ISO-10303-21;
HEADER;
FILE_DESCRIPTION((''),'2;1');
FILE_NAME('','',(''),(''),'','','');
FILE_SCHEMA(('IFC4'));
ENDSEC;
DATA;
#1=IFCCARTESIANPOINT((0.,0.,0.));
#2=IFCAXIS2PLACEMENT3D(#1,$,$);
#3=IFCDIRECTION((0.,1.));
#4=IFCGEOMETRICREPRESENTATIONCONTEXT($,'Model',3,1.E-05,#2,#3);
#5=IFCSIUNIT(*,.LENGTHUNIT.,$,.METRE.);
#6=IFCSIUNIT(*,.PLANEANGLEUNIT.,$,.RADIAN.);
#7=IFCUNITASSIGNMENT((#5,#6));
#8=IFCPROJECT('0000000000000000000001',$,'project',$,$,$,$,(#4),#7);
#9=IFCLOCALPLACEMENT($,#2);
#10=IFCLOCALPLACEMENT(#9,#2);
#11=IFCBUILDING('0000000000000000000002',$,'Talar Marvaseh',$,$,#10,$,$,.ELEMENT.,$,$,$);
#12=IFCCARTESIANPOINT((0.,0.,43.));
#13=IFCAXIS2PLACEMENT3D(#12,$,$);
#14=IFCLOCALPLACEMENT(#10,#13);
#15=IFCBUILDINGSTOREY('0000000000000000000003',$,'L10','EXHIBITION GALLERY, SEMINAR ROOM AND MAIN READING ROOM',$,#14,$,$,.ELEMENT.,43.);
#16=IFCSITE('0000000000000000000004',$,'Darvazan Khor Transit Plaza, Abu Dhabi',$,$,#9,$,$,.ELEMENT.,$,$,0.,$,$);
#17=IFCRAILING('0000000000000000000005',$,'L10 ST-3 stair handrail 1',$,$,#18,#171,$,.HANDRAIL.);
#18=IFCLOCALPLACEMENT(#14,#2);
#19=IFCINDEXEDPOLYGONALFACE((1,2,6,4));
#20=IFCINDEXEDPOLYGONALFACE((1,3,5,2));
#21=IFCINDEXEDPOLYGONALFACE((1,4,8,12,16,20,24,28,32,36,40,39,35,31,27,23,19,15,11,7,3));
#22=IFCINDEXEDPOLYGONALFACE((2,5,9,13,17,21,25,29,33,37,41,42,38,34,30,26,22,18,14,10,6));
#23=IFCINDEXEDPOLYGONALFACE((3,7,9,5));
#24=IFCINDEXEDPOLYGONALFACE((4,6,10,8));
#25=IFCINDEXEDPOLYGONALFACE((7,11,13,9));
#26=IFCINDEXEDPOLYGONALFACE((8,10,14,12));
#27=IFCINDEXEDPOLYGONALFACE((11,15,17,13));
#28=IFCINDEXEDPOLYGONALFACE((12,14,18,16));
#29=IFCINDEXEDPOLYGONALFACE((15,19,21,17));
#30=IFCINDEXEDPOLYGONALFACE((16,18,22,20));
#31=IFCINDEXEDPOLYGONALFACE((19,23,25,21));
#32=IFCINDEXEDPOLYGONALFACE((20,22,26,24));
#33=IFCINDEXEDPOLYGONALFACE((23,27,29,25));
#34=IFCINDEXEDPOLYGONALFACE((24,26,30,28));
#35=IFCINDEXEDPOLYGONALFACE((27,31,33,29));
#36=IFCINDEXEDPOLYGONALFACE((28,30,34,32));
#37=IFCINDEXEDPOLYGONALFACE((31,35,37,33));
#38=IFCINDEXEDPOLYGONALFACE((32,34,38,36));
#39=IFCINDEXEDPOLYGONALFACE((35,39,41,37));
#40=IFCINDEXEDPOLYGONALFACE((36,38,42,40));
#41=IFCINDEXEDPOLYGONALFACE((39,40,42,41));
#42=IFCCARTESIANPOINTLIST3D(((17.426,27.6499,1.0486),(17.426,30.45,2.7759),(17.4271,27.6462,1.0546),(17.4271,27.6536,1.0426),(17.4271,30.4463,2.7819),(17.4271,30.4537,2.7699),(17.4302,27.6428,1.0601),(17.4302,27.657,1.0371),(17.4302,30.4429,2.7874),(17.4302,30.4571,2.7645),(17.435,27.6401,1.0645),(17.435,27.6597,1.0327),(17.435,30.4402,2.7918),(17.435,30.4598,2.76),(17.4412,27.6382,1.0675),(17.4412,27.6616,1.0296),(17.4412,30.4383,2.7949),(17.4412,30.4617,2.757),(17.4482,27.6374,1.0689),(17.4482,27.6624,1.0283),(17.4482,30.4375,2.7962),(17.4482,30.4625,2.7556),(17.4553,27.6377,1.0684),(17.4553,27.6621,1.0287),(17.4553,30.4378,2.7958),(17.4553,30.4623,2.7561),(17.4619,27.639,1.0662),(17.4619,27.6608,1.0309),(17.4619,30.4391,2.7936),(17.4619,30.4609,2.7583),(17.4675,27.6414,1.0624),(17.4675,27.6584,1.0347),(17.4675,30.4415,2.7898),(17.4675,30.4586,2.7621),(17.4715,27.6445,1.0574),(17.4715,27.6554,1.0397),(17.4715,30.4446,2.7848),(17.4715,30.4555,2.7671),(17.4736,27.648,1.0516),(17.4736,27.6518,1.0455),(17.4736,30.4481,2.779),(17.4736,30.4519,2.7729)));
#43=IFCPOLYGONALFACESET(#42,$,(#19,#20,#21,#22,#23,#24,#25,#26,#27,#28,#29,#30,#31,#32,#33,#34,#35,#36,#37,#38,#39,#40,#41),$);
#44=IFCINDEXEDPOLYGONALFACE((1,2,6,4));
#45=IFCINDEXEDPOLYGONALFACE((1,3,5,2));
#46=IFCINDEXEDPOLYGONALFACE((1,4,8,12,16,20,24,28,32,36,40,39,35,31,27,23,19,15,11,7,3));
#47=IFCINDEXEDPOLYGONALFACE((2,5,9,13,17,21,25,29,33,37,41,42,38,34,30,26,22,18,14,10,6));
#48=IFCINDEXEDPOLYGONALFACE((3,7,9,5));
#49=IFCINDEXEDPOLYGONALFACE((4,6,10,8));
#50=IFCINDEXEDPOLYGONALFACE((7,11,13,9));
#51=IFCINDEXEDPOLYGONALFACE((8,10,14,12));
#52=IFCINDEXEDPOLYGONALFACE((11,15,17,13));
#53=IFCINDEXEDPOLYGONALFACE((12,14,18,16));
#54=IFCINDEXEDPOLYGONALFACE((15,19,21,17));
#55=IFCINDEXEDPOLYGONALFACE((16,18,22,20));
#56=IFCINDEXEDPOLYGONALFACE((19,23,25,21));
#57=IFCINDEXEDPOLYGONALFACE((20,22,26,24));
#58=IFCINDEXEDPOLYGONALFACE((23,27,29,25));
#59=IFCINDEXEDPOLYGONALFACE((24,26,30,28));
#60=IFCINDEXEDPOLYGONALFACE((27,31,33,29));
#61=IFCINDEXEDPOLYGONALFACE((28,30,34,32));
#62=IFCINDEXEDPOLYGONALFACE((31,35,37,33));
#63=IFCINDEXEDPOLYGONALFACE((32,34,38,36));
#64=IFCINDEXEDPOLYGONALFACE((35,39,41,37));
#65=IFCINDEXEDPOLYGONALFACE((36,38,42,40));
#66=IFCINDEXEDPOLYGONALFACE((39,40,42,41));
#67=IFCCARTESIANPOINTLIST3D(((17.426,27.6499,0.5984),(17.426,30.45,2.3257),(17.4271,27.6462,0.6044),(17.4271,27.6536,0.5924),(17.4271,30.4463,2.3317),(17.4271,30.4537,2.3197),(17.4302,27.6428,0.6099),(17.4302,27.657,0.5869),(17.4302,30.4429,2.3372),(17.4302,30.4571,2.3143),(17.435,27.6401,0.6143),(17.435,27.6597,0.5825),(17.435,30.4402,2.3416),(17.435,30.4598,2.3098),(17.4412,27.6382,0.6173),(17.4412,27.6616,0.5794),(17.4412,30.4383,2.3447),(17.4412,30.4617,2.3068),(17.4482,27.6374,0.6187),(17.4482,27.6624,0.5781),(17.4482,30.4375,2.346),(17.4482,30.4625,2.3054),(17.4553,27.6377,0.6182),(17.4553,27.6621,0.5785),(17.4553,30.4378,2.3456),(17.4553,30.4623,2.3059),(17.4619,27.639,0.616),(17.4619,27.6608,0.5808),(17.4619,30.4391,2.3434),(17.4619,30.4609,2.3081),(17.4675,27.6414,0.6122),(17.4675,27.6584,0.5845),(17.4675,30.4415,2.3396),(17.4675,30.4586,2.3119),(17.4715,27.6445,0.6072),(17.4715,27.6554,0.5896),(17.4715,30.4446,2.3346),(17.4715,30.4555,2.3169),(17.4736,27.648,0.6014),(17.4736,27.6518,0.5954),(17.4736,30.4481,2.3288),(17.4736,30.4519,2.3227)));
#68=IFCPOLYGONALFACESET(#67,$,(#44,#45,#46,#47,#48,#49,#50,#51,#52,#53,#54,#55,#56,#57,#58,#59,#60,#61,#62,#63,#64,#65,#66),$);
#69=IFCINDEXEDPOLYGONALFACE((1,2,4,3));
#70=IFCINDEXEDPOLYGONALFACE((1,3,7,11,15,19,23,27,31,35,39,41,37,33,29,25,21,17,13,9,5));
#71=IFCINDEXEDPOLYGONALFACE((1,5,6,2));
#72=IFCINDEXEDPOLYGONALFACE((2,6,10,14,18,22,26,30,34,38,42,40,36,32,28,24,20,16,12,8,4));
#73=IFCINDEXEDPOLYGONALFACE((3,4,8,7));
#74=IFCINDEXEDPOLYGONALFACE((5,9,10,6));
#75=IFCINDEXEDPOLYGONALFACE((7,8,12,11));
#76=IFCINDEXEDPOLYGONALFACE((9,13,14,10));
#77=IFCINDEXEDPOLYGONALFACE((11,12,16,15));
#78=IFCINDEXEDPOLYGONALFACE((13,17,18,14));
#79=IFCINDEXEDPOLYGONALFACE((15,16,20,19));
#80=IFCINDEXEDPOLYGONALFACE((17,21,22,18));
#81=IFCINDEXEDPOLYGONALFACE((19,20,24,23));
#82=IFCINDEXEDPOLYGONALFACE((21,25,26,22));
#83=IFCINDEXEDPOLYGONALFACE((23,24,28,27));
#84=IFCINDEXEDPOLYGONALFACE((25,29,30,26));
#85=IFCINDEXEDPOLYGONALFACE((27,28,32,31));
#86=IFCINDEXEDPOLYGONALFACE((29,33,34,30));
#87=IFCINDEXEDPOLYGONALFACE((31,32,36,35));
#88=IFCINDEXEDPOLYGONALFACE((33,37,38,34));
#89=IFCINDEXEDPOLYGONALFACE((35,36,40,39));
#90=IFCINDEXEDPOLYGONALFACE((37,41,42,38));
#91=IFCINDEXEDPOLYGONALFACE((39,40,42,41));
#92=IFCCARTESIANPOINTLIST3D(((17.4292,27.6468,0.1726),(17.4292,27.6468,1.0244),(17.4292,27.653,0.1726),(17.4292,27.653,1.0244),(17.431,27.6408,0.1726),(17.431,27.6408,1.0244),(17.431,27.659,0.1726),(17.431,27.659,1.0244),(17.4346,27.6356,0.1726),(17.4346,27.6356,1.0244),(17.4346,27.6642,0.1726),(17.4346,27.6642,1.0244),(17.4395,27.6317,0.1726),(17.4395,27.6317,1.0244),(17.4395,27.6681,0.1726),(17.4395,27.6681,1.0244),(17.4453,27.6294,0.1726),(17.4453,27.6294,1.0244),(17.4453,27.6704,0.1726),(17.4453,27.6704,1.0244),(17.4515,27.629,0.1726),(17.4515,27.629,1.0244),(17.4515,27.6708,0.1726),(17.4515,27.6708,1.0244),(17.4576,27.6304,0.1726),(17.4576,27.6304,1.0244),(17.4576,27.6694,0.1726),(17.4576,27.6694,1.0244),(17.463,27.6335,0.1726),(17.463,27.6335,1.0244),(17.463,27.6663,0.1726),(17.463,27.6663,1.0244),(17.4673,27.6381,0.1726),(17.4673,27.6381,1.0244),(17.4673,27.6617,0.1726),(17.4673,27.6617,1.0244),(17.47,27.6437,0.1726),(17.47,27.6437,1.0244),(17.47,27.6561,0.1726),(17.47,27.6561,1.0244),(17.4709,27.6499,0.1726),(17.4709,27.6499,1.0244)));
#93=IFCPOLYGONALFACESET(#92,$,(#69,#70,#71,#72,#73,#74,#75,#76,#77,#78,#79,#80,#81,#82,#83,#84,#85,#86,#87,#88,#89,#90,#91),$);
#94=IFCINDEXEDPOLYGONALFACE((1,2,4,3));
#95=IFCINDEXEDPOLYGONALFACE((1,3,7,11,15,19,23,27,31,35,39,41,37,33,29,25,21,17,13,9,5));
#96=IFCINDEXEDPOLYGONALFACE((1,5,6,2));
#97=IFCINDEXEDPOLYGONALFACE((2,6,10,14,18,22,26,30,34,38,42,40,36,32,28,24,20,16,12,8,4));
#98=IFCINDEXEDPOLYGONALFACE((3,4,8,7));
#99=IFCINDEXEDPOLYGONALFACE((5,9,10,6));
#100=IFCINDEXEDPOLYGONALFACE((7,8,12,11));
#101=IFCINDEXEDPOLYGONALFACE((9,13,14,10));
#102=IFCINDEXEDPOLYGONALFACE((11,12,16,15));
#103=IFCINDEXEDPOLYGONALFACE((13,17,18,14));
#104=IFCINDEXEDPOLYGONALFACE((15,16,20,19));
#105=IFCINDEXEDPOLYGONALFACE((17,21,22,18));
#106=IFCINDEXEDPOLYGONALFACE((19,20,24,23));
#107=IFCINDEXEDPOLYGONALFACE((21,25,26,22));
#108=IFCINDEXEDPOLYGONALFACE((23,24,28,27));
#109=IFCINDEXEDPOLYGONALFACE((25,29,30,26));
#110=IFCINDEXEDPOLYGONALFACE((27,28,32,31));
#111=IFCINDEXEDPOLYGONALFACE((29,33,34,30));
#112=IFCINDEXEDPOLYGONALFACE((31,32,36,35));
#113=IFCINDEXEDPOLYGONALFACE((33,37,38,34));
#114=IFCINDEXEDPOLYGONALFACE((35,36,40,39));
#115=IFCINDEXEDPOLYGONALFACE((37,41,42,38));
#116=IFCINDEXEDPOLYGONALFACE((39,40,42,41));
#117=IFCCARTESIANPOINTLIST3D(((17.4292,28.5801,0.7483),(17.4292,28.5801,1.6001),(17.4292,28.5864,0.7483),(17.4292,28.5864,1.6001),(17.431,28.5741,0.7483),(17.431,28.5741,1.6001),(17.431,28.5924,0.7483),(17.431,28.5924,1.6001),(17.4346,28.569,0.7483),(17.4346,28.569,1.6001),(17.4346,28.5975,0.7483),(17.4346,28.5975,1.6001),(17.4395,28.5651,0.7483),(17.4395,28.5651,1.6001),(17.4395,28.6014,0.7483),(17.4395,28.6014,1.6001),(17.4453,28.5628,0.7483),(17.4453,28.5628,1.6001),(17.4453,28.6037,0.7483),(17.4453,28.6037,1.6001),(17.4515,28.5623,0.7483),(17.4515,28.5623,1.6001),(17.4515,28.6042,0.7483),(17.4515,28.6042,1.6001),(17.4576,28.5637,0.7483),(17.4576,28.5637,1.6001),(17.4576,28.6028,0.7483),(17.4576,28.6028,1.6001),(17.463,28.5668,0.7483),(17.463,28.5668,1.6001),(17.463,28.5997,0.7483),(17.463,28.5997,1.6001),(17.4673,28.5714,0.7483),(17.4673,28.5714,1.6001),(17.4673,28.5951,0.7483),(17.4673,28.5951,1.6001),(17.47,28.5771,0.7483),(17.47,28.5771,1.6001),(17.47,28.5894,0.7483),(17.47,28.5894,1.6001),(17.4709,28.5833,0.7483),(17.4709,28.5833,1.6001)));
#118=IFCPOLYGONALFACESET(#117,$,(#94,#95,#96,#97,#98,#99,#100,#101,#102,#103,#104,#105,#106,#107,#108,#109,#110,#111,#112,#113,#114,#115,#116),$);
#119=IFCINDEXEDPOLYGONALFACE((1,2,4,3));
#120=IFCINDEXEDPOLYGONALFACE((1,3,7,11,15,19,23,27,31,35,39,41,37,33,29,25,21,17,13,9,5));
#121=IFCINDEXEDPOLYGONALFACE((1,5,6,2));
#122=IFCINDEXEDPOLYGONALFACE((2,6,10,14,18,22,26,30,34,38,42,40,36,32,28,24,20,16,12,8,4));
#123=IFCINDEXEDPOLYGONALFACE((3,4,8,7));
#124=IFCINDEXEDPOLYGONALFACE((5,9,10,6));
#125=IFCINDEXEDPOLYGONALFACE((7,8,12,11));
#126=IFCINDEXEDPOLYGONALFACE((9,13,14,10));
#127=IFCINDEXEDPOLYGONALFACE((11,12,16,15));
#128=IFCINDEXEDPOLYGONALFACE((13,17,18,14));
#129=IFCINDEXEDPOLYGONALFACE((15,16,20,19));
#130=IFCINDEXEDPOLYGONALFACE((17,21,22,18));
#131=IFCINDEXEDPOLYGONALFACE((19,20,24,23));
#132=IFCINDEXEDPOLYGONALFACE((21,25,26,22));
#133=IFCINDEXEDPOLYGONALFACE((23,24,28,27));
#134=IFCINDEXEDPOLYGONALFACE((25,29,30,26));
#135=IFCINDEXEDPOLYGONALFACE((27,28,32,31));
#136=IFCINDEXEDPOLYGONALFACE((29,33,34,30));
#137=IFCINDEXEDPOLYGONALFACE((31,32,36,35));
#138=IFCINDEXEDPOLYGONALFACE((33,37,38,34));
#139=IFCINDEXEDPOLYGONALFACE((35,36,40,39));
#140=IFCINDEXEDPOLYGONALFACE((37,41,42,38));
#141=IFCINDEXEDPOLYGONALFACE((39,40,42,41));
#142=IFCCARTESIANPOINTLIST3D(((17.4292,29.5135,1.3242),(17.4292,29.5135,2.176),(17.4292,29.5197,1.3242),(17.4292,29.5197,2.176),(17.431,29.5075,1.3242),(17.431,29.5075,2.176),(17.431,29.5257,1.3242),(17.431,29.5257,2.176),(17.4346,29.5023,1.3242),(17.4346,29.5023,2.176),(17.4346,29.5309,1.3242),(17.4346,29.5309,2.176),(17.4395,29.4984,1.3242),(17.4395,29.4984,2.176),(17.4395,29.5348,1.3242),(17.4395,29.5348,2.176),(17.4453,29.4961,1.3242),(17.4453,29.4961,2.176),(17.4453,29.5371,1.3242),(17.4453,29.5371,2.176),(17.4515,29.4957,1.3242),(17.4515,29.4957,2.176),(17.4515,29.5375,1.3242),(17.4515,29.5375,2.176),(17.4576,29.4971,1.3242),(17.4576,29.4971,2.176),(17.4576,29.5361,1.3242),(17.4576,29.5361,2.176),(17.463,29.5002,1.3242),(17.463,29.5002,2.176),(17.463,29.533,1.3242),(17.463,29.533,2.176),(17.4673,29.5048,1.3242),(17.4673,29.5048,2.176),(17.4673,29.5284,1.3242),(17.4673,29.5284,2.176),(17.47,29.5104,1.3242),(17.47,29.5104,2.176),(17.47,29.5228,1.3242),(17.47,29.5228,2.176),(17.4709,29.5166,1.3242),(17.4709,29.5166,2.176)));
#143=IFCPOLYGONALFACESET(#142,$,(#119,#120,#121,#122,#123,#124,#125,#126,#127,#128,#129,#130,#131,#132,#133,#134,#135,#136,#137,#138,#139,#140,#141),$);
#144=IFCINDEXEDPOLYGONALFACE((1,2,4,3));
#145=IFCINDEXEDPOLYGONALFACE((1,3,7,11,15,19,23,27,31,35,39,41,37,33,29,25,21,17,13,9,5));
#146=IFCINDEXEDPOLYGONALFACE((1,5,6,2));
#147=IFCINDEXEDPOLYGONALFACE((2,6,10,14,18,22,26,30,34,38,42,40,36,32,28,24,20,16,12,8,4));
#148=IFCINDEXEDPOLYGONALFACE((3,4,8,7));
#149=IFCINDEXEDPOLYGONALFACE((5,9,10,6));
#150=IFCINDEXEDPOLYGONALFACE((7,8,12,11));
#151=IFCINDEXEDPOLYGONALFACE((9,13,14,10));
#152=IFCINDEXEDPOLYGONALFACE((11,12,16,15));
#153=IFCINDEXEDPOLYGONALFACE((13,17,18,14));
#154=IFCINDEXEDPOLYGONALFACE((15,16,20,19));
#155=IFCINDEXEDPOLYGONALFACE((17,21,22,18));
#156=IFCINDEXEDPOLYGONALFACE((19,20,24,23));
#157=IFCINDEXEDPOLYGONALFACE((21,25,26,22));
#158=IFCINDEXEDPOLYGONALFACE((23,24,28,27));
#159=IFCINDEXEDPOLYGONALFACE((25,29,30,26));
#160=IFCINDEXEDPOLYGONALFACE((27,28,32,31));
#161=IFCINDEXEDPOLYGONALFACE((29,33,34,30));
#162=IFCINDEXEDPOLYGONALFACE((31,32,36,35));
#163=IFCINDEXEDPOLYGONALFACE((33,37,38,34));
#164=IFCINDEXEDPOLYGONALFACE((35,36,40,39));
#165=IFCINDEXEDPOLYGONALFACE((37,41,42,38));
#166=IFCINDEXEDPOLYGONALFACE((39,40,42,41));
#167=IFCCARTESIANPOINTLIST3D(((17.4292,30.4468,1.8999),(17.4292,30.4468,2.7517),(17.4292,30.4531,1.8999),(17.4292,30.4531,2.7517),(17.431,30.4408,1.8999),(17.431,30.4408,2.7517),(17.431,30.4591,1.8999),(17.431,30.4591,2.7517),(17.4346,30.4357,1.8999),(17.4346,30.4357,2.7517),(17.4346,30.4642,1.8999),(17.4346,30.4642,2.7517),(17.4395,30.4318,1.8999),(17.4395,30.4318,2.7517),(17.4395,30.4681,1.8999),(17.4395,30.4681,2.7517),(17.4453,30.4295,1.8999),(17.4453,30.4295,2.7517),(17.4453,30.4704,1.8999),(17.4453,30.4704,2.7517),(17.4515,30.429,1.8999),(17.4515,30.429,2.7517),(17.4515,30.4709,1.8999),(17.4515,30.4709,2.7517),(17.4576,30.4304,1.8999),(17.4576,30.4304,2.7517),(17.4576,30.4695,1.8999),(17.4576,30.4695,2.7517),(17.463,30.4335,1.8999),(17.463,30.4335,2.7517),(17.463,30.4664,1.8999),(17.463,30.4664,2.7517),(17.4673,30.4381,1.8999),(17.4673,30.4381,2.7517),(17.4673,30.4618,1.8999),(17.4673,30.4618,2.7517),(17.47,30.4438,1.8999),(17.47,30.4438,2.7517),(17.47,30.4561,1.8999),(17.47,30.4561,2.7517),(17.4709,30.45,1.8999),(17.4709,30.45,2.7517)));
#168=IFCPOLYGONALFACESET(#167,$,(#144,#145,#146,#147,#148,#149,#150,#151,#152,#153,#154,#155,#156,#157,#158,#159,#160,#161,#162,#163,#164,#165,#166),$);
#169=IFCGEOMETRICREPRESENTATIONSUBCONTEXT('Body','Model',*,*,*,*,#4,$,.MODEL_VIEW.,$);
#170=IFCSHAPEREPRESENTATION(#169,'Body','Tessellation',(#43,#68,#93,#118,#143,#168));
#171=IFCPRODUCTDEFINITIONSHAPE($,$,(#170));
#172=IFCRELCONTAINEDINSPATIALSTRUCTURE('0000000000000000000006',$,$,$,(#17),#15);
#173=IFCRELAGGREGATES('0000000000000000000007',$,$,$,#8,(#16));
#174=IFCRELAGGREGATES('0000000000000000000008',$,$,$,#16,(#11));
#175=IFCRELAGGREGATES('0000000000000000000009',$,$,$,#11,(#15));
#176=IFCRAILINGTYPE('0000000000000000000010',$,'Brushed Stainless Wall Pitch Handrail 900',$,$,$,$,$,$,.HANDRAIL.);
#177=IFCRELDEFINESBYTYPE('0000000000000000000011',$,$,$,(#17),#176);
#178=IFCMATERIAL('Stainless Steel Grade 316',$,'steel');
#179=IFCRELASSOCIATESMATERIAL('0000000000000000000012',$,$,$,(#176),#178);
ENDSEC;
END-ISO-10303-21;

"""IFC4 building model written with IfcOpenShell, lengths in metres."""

from ifc_helpers import new_model, si_unit, direction, frame, origin, origin_2d, place, context, subcontext, project, spatial, circle, extrude, material, type_object, element, save


model = new_model("IFC4")

# Units and contexts
model_context = context("Model", 3, precision=1e-05, world=origin(), true_north=direction((0.0, 1.0)))
body_context = subcontext(model_context, "Body", "Model", "MODEL_VIEW")
ifc_project = project(units=[si_unit("LENGTHUNIT", "METRE"), si_unit("PLANEANGLEUNIT", "RADIAN")], contexts=[model_context])

# Site, building, storey
site_placement = place(None, origin())
site = spatial("IfcSite", under=ifc_project, at=site_placement, Name="Darvazan Khor Transit Plaza, Abu Dhabi", CompositionType="ELEMENT", RefElevation=0.0)
building_placement = place(site_placement, origin())
building = spatial("IfcBuilding", under=site, at=building_placement, Name="Talar Marvaseh", CompositionType="ELEMENT")
storey_placement = place(building_placement, frame((0.0, 0.0, 43.0)))
storey = spatial("IfcBuildingStorey", under=building, at=storey_placement, Name="L10", Description="EXHIBITION GALLERY, SEMINAR ROOM AND MAIN READING ROOM", CompositionType="ELEMENT", Elevation=43.0)

# Railing
ifc_material_1 = material(Name="Stainless Steel Grade 316", Category="steel")
railing_type_1 = type_object("IfcRailingType", Name="Brushed Stainless Wall Pitch Handrail 900", PredefinedType="HANDRAIL", material=ifc_material_1)
railing_1_placement = place(storey_placement, frame((17.45, 27.6499, 0.1726)))
element("IfcRailing", 1, at=railing_1_placement, inside=storey, type_object=railing_type_1, Name="L10 ST-3 stair handrail 1", PredefinedType="HANDRAIL", context=body_context, shape_type="SweptSolid", body=[
    extrude(circle(Radius=0.0239, at=origin_2d()), frame((0.0, 0.0, 0.876), z_axis=(0.0, 0.85109, 0.52502), x_axis=(-1.0, 0.0, 0.0)), (0.0, 0.0, 1.0), 3.29),
    extrude(circle(Radius=0.0239, at=origin_2d()), frame((0.0, 0.0, 0.4258), z_axis=(0.0, 0.85109, 0.52502), x_axis=(-1.0, 0.0, 0.0)), (0.0, 0.0, 1.0), 3.29),
    extrude(circle(Radius=0.021, at=origin_2d()), origin(), (0.0, 0.0, 1.0), 0.8518),
    extrude(circle(Radius=0.021, at=origin_2d()), frame((0.0, 0.9333, 0.5757)), (0.0, 0.0, 1.0), 0.8518),
    extrude(circle(Radius=0.021, at=origin_2d()), frame((0.0, 1.8667, 1.1516)), (0.0, 0.0, 1.0), 0.8518),
    extrude(circle(Radius=0.021, at=origin_2d()), frame((0.0, 2.8, 1.7273)), (0.0, 0.0, 1.0), 0.8518),
])

save(model, "model.ifc")
